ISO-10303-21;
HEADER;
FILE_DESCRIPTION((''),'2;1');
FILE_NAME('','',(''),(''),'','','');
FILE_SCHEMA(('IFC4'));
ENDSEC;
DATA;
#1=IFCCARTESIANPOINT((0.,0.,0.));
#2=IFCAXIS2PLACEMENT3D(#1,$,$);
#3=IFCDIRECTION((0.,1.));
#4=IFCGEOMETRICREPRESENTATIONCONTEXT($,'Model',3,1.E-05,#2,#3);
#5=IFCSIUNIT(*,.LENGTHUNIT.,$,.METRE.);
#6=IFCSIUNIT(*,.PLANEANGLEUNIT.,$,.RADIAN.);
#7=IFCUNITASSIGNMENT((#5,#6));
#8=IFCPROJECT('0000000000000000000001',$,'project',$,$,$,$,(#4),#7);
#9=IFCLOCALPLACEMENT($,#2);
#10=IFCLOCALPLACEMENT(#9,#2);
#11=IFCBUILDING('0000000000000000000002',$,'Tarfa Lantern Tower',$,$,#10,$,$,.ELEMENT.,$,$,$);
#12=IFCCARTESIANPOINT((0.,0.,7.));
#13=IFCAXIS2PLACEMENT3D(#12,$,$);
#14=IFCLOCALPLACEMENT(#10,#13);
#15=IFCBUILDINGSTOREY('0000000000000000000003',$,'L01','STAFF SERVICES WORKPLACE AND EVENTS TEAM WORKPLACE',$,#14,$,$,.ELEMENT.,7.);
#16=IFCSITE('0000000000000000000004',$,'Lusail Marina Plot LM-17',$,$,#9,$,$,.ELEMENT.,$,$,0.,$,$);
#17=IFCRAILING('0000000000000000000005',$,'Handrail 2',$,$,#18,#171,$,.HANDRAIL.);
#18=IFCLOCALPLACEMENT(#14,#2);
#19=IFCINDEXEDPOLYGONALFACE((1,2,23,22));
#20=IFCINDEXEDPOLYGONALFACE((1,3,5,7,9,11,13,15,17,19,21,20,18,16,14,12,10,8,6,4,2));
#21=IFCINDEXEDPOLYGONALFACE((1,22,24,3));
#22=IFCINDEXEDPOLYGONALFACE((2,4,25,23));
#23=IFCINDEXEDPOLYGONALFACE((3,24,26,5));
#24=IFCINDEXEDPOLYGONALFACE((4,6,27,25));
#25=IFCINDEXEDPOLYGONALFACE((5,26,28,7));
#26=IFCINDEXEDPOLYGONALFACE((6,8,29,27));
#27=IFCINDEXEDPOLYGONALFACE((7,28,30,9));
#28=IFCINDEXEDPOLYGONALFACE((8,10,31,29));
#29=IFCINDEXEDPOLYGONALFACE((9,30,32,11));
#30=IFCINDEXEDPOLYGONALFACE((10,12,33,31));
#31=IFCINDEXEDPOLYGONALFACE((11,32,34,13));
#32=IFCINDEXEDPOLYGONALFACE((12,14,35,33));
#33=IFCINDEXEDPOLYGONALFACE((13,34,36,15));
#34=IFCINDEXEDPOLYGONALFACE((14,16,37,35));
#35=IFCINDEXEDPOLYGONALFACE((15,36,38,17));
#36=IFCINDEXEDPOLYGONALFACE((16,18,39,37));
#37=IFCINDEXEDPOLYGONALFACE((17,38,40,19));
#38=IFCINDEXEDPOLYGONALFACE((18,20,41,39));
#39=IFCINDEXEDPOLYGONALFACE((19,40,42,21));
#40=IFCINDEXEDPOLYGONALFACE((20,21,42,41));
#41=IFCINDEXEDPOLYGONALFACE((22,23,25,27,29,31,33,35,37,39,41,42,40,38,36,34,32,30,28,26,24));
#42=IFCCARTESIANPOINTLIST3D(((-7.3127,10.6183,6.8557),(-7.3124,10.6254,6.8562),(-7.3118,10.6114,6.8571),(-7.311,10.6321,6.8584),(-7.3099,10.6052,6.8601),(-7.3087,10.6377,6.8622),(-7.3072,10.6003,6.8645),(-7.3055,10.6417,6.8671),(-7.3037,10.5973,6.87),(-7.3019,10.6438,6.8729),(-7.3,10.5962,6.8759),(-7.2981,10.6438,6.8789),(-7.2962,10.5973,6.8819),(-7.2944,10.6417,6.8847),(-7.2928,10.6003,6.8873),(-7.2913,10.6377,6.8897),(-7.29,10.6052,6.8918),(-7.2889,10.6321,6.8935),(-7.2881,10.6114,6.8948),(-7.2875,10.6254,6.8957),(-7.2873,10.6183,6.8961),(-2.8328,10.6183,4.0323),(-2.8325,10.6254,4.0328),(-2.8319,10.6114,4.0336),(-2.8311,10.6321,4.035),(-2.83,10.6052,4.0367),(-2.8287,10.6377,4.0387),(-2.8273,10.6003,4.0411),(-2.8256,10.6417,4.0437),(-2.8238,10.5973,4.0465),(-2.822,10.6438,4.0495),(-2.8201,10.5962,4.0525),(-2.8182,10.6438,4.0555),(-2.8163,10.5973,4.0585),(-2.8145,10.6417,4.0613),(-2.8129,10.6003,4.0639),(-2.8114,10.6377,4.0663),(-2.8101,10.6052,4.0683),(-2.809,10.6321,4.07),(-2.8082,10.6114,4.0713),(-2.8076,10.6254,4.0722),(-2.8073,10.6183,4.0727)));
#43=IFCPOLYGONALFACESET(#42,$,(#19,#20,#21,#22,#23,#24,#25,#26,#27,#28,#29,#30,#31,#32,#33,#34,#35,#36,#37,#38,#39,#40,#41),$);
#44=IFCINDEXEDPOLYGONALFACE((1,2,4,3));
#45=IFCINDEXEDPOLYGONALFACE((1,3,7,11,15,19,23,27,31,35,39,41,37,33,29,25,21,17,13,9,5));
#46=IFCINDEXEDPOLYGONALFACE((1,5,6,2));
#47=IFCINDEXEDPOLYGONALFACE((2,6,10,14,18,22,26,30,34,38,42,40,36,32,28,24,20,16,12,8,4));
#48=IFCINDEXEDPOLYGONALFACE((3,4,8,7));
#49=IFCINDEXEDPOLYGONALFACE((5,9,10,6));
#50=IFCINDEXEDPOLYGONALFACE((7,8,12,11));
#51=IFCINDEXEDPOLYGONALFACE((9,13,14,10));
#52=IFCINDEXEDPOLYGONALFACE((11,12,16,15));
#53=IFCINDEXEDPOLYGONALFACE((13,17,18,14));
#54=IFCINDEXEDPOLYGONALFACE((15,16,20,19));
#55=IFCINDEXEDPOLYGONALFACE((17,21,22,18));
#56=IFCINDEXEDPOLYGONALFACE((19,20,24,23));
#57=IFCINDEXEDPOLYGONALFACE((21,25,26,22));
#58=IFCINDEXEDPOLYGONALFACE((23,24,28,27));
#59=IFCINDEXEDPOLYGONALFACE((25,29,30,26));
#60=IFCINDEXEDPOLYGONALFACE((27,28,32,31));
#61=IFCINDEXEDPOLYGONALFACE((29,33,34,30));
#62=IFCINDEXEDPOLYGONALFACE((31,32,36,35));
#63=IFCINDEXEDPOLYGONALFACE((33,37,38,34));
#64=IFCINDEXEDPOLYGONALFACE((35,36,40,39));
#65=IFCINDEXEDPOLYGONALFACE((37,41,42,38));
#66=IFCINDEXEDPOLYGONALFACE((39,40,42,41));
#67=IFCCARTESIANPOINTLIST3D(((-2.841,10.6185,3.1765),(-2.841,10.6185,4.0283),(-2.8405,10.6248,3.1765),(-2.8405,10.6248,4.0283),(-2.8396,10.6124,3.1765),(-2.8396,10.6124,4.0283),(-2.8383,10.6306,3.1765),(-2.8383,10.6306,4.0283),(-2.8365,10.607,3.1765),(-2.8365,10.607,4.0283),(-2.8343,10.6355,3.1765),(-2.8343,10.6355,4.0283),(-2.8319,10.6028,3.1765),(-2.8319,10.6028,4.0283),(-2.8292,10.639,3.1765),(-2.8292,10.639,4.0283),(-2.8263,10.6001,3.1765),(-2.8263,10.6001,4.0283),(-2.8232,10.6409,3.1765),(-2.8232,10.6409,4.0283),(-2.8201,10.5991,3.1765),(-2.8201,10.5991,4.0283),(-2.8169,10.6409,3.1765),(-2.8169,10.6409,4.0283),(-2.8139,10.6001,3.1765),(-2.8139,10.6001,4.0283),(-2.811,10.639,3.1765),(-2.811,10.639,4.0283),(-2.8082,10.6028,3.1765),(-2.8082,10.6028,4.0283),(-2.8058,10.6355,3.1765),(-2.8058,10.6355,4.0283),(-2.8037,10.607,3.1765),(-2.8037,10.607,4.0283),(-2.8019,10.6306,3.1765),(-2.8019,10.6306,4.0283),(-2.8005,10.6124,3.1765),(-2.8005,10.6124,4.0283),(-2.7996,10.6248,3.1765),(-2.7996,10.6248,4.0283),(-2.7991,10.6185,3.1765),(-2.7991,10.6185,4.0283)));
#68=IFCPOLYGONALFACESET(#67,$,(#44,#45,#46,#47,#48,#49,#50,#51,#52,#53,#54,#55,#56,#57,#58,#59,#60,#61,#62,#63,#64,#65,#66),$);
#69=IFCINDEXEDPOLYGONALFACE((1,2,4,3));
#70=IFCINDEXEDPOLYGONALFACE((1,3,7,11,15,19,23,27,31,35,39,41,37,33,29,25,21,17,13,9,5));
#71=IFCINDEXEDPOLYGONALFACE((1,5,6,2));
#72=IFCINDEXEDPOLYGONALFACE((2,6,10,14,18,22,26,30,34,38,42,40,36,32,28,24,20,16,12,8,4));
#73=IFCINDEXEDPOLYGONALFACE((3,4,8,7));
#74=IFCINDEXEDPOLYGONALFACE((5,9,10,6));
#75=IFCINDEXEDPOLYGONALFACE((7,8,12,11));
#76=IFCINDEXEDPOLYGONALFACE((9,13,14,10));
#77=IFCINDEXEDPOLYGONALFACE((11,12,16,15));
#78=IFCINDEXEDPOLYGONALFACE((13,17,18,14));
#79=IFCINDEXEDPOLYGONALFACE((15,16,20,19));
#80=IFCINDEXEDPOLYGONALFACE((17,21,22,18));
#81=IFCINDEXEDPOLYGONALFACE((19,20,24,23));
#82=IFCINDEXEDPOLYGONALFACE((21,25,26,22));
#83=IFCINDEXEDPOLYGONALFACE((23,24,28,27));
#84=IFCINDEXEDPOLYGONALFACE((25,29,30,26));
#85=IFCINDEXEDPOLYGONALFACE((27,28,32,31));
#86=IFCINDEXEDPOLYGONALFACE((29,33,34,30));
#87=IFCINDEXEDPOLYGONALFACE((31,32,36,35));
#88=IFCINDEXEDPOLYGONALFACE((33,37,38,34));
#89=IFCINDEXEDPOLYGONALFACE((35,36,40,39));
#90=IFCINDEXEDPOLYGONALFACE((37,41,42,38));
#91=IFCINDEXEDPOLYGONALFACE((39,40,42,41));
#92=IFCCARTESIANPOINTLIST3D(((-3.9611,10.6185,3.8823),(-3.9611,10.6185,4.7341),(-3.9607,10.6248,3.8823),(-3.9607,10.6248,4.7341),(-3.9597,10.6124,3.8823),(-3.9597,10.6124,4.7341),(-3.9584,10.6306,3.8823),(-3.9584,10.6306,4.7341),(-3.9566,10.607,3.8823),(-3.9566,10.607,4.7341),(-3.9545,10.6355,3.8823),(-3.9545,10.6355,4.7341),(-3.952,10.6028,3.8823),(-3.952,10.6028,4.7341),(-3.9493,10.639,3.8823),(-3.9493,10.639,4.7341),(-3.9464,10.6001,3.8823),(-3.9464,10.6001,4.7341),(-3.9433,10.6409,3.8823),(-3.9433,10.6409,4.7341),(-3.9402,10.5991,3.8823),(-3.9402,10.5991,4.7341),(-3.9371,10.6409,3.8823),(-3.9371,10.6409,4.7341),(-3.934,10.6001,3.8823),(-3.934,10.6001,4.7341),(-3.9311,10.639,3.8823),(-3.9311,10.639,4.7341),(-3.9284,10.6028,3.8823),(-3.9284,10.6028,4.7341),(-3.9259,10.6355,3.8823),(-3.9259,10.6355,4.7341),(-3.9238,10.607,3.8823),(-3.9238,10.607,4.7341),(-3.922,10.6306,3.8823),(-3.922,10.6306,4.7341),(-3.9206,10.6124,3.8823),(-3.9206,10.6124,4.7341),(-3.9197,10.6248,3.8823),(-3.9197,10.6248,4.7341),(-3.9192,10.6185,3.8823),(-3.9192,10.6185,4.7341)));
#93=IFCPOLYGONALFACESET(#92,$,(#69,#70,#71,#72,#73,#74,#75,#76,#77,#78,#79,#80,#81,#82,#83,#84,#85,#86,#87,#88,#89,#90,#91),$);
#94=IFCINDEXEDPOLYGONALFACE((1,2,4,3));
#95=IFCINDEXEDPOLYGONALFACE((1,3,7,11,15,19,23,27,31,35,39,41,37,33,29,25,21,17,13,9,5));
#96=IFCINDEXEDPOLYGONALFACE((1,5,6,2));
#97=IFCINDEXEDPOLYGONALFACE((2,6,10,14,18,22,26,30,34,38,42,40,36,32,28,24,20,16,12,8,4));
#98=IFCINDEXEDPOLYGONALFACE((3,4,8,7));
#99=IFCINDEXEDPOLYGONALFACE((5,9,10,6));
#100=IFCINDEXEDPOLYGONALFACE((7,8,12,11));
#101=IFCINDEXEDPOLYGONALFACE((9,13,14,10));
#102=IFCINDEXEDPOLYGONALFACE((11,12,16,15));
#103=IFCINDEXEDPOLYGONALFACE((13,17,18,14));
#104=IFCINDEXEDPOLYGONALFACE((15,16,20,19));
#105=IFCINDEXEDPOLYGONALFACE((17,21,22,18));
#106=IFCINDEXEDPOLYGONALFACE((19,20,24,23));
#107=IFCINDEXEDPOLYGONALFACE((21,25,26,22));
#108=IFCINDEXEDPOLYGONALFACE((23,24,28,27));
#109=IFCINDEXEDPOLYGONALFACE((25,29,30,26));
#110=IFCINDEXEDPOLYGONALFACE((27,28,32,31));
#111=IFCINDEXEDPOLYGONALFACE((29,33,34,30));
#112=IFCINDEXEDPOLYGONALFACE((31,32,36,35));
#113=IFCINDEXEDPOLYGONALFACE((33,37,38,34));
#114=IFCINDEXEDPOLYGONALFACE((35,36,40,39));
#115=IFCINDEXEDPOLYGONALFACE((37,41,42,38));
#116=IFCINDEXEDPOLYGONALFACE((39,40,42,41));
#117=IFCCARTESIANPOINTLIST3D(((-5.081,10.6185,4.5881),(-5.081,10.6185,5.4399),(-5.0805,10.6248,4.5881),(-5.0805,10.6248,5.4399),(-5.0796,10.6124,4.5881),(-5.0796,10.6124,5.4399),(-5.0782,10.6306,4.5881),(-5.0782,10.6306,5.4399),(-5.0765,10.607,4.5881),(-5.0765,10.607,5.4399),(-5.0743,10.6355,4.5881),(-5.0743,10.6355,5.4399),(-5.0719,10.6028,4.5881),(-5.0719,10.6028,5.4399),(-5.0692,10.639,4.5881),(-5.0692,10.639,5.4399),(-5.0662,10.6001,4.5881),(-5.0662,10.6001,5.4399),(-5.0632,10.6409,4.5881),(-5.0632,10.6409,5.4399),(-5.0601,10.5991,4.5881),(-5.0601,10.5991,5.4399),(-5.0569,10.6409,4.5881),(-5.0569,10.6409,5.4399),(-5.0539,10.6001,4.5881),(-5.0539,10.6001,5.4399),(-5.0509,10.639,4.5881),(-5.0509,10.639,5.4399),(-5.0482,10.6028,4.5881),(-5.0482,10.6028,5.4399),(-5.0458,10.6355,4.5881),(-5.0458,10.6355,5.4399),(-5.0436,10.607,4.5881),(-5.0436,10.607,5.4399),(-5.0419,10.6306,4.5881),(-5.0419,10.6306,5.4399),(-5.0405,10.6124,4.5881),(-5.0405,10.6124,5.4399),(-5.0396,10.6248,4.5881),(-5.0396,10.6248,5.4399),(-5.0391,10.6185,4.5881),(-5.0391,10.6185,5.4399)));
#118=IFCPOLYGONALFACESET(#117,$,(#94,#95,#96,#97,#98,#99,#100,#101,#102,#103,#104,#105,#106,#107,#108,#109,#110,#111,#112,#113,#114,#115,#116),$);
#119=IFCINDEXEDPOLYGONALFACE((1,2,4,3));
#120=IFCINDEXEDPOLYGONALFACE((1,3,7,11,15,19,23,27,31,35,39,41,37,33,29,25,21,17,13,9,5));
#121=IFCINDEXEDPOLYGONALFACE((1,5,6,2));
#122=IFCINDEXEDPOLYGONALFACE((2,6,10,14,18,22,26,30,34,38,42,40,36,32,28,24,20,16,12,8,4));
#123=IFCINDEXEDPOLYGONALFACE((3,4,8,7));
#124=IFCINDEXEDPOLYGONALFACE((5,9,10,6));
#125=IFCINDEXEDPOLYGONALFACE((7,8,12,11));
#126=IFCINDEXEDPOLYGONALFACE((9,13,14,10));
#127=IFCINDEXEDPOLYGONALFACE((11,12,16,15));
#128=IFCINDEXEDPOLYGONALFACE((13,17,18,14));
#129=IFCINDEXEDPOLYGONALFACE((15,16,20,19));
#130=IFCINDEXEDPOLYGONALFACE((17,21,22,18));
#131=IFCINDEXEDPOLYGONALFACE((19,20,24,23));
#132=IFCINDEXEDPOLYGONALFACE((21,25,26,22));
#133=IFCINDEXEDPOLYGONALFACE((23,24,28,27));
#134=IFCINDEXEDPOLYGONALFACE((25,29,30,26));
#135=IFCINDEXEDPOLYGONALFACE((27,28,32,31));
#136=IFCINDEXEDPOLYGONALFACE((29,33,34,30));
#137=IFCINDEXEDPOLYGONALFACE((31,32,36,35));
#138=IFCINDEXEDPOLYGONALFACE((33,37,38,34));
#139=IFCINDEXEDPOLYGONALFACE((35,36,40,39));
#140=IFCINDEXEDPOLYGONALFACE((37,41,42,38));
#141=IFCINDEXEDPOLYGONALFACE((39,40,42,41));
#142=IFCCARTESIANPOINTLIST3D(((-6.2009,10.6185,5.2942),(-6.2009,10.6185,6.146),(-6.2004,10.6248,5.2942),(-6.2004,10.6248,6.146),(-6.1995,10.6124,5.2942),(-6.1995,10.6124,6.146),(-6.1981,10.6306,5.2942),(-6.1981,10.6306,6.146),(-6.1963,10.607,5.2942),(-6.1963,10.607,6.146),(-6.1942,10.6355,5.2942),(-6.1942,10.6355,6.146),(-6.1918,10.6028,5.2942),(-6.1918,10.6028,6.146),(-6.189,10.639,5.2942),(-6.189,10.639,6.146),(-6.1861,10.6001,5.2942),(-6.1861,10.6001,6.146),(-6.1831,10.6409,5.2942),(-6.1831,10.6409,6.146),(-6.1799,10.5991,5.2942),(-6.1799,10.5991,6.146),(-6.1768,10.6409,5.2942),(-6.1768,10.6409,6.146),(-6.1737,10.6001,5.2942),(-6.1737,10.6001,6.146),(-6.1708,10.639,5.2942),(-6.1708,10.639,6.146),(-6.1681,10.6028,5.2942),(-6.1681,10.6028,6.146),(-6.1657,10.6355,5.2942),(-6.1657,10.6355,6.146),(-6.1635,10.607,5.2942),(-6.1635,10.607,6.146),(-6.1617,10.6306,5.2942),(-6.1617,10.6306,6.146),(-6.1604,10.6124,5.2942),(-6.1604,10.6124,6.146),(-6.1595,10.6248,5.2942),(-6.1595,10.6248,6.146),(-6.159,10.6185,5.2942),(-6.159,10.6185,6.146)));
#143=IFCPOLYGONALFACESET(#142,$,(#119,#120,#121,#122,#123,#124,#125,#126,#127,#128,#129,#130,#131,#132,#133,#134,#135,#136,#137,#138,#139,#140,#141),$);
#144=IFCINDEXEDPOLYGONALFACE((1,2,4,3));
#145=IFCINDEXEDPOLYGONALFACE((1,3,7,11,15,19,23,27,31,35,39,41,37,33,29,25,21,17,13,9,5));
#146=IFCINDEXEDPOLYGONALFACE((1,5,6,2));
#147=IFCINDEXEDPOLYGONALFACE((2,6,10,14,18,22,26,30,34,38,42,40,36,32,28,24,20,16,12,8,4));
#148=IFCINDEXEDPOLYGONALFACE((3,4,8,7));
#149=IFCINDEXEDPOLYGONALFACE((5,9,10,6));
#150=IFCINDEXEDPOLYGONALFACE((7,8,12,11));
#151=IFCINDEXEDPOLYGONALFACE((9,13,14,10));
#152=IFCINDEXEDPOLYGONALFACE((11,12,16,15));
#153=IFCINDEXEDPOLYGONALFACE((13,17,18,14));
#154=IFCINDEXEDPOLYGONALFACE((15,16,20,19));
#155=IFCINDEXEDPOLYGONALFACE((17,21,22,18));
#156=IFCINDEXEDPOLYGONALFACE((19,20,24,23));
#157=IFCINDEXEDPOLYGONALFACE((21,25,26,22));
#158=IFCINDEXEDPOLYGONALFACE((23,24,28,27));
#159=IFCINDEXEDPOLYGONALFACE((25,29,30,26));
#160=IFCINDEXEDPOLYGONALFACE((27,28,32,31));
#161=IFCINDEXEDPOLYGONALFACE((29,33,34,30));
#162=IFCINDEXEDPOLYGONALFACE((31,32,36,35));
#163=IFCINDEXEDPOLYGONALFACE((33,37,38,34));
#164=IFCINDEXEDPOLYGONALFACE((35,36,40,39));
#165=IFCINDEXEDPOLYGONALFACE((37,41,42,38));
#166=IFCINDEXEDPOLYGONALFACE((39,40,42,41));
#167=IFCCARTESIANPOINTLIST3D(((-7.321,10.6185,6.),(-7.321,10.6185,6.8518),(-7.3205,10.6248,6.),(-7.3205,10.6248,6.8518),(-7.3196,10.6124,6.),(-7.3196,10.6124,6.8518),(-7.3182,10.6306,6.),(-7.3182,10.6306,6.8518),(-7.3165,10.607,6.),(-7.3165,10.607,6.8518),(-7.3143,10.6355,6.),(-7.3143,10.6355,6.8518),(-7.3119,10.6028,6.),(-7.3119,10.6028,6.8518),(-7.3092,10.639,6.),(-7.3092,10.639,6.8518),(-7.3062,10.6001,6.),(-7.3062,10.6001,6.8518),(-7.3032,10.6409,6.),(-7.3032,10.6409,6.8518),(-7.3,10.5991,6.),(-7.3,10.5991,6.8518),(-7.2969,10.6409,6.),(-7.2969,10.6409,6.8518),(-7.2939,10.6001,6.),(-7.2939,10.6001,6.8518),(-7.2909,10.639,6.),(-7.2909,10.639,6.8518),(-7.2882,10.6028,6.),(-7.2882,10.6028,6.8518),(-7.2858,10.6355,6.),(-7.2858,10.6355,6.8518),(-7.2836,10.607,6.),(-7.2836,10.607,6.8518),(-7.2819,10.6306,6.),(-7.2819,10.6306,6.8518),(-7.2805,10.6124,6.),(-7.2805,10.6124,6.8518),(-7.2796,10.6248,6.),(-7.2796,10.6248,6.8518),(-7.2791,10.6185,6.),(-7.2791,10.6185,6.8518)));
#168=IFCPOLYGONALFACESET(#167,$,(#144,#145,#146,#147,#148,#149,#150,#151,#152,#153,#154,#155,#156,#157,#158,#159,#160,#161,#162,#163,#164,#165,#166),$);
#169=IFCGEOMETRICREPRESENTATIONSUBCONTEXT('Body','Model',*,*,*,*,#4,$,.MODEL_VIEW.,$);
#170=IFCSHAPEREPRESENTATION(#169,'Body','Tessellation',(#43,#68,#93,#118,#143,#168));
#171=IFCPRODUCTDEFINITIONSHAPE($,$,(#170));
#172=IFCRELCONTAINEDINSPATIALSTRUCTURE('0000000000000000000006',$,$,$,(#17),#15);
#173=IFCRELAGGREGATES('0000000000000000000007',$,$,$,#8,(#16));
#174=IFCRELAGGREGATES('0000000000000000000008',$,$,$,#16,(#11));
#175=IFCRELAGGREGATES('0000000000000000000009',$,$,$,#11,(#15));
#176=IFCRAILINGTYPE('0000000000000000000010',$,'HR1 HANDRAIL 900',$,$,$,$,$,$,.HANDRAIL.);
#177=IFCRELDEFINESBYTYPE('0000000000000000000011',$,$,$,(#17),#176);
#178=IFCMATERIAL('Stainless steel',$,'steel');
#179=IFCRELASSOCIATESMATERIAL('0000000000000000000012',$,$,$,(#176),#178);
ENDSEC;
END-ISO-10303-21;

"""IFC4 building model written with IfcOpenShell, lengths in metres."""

from ifc_helpers import new_model, si_unit, direction, frame, origin, origin_2d, place, context, subcontext, project, spatial, circle, extrude, material, type_object, element, save


model = new_model("IFC4")

# Units and contexts
model_context = context("Model", 3, precision=1e-05, world=origin(), true_north=direction((0.0, 1.0)))
body_context = subcontext(model_context, "Body", "Model", "MODEL_VIEW")
ifc_project = project(units=[si_unit("LENGTHUNIT", "METRE"), si_unit("PLANEANGLEUNIT", "RADIAN")], contexts=[model_context])

# Site, building, storey
site_placement = place(None, origin())
site = spatial("IfcSite", under=ifc_project, at=site_placement, Name="Lusail Marina Plot LM-17", CompositionType="ELEMENT", RefElevation=0.0)
building_placement = place(site_placement, origin())
building = spatial("IfcBuilding", under=site, at=building_placement, Name="Tarfa Lantern Tower", CompositionType="ELEMENT")
storey_placement = place(building_placement, frame((0.0, 0.0, 7.0)))
storey = spatial("IfcBuildingStorey", under=building, at=storey_placement, Name="L01", Description="STAFF SERVICES WORKPLACE AND EVENTS TEAM WORKPLACE", CompositionType="ELEMENT", Elevation=7.0)

# Railing
ifc_material_1 = material(Name="Stainless steel", Category="steel")
railing_type = type_object("IfcRailingType", Name="HR1 HANDRAIL 900", PredefinedType="HANDRAIL", material=ifc_material_1)
railing_1_placement = place(storey_placement, frame((-2.8201, 10.6201, 3.1765)))
element("IfcRailing", 1, at=railing_1_placement, inside=storey, type_object=railing_type, Name="Handrail 2", PredefinedType="HANDRAIL", context=body_context, shape_type="SweptSolid", body=[
    extrude(circle(Radius=0.0239, at=origin_2d()), frame((0.0, 0.0, 0.876), z_axis=(-0.845998, 0.0, 0.533186), x_axis=(0.0, -1.0, 0.0)), (0.0, 0.0, 1.0), 5.2954),
    extrude(circle(Radius=0.021, at=origin_2d()), frame((0.0, 0.0, 0.0), z_axis=(0.0, 0.0, 1.0), x_axis=(0.0, -1.0, 0.0)), (0.0, 0.0, 1.0), 0.8518),
    extrude(circle(Radius=0.021, at=origin_2d()), frame((-1.1201, 0.0, 0.7058), z_axis=(0.0, 0.0, 1.0), x_axis=(0.0, -1.0, 0.0)), (0.0, 0.0, 1.0), 0.8518),
    extrude(circle(Radius=0.021, at=origin_2d()), frame((-2.24, 0.0, 1.4116), z_axis=(0.0, 0.0, 1.0), x_axis=(0.0, -1.0, 0.0)), (0.0, 0.0, 1.0), 0.8518),
    extrude(circle(Radius=0.021, at=origin_2d()), frame((-3.3599, 0.0, 2.1177), z_axis=(0.0, 0.0, 1.0), x_axis=(0.0, -1.0, 0.0)), (0.0, 0.0, 1.0), 0.8518),
    extrude(circle(Radius=0.021, at=origin_2d()), frame((-4.48, 0.0, 2.8235), z_axis=(0.0, 0.0, 1.0), x_axis=(0.0, -1.0, 0.0)), (0.0, 0.0, 1.0), 0.8518),
])

save(model, "model.ifc")
